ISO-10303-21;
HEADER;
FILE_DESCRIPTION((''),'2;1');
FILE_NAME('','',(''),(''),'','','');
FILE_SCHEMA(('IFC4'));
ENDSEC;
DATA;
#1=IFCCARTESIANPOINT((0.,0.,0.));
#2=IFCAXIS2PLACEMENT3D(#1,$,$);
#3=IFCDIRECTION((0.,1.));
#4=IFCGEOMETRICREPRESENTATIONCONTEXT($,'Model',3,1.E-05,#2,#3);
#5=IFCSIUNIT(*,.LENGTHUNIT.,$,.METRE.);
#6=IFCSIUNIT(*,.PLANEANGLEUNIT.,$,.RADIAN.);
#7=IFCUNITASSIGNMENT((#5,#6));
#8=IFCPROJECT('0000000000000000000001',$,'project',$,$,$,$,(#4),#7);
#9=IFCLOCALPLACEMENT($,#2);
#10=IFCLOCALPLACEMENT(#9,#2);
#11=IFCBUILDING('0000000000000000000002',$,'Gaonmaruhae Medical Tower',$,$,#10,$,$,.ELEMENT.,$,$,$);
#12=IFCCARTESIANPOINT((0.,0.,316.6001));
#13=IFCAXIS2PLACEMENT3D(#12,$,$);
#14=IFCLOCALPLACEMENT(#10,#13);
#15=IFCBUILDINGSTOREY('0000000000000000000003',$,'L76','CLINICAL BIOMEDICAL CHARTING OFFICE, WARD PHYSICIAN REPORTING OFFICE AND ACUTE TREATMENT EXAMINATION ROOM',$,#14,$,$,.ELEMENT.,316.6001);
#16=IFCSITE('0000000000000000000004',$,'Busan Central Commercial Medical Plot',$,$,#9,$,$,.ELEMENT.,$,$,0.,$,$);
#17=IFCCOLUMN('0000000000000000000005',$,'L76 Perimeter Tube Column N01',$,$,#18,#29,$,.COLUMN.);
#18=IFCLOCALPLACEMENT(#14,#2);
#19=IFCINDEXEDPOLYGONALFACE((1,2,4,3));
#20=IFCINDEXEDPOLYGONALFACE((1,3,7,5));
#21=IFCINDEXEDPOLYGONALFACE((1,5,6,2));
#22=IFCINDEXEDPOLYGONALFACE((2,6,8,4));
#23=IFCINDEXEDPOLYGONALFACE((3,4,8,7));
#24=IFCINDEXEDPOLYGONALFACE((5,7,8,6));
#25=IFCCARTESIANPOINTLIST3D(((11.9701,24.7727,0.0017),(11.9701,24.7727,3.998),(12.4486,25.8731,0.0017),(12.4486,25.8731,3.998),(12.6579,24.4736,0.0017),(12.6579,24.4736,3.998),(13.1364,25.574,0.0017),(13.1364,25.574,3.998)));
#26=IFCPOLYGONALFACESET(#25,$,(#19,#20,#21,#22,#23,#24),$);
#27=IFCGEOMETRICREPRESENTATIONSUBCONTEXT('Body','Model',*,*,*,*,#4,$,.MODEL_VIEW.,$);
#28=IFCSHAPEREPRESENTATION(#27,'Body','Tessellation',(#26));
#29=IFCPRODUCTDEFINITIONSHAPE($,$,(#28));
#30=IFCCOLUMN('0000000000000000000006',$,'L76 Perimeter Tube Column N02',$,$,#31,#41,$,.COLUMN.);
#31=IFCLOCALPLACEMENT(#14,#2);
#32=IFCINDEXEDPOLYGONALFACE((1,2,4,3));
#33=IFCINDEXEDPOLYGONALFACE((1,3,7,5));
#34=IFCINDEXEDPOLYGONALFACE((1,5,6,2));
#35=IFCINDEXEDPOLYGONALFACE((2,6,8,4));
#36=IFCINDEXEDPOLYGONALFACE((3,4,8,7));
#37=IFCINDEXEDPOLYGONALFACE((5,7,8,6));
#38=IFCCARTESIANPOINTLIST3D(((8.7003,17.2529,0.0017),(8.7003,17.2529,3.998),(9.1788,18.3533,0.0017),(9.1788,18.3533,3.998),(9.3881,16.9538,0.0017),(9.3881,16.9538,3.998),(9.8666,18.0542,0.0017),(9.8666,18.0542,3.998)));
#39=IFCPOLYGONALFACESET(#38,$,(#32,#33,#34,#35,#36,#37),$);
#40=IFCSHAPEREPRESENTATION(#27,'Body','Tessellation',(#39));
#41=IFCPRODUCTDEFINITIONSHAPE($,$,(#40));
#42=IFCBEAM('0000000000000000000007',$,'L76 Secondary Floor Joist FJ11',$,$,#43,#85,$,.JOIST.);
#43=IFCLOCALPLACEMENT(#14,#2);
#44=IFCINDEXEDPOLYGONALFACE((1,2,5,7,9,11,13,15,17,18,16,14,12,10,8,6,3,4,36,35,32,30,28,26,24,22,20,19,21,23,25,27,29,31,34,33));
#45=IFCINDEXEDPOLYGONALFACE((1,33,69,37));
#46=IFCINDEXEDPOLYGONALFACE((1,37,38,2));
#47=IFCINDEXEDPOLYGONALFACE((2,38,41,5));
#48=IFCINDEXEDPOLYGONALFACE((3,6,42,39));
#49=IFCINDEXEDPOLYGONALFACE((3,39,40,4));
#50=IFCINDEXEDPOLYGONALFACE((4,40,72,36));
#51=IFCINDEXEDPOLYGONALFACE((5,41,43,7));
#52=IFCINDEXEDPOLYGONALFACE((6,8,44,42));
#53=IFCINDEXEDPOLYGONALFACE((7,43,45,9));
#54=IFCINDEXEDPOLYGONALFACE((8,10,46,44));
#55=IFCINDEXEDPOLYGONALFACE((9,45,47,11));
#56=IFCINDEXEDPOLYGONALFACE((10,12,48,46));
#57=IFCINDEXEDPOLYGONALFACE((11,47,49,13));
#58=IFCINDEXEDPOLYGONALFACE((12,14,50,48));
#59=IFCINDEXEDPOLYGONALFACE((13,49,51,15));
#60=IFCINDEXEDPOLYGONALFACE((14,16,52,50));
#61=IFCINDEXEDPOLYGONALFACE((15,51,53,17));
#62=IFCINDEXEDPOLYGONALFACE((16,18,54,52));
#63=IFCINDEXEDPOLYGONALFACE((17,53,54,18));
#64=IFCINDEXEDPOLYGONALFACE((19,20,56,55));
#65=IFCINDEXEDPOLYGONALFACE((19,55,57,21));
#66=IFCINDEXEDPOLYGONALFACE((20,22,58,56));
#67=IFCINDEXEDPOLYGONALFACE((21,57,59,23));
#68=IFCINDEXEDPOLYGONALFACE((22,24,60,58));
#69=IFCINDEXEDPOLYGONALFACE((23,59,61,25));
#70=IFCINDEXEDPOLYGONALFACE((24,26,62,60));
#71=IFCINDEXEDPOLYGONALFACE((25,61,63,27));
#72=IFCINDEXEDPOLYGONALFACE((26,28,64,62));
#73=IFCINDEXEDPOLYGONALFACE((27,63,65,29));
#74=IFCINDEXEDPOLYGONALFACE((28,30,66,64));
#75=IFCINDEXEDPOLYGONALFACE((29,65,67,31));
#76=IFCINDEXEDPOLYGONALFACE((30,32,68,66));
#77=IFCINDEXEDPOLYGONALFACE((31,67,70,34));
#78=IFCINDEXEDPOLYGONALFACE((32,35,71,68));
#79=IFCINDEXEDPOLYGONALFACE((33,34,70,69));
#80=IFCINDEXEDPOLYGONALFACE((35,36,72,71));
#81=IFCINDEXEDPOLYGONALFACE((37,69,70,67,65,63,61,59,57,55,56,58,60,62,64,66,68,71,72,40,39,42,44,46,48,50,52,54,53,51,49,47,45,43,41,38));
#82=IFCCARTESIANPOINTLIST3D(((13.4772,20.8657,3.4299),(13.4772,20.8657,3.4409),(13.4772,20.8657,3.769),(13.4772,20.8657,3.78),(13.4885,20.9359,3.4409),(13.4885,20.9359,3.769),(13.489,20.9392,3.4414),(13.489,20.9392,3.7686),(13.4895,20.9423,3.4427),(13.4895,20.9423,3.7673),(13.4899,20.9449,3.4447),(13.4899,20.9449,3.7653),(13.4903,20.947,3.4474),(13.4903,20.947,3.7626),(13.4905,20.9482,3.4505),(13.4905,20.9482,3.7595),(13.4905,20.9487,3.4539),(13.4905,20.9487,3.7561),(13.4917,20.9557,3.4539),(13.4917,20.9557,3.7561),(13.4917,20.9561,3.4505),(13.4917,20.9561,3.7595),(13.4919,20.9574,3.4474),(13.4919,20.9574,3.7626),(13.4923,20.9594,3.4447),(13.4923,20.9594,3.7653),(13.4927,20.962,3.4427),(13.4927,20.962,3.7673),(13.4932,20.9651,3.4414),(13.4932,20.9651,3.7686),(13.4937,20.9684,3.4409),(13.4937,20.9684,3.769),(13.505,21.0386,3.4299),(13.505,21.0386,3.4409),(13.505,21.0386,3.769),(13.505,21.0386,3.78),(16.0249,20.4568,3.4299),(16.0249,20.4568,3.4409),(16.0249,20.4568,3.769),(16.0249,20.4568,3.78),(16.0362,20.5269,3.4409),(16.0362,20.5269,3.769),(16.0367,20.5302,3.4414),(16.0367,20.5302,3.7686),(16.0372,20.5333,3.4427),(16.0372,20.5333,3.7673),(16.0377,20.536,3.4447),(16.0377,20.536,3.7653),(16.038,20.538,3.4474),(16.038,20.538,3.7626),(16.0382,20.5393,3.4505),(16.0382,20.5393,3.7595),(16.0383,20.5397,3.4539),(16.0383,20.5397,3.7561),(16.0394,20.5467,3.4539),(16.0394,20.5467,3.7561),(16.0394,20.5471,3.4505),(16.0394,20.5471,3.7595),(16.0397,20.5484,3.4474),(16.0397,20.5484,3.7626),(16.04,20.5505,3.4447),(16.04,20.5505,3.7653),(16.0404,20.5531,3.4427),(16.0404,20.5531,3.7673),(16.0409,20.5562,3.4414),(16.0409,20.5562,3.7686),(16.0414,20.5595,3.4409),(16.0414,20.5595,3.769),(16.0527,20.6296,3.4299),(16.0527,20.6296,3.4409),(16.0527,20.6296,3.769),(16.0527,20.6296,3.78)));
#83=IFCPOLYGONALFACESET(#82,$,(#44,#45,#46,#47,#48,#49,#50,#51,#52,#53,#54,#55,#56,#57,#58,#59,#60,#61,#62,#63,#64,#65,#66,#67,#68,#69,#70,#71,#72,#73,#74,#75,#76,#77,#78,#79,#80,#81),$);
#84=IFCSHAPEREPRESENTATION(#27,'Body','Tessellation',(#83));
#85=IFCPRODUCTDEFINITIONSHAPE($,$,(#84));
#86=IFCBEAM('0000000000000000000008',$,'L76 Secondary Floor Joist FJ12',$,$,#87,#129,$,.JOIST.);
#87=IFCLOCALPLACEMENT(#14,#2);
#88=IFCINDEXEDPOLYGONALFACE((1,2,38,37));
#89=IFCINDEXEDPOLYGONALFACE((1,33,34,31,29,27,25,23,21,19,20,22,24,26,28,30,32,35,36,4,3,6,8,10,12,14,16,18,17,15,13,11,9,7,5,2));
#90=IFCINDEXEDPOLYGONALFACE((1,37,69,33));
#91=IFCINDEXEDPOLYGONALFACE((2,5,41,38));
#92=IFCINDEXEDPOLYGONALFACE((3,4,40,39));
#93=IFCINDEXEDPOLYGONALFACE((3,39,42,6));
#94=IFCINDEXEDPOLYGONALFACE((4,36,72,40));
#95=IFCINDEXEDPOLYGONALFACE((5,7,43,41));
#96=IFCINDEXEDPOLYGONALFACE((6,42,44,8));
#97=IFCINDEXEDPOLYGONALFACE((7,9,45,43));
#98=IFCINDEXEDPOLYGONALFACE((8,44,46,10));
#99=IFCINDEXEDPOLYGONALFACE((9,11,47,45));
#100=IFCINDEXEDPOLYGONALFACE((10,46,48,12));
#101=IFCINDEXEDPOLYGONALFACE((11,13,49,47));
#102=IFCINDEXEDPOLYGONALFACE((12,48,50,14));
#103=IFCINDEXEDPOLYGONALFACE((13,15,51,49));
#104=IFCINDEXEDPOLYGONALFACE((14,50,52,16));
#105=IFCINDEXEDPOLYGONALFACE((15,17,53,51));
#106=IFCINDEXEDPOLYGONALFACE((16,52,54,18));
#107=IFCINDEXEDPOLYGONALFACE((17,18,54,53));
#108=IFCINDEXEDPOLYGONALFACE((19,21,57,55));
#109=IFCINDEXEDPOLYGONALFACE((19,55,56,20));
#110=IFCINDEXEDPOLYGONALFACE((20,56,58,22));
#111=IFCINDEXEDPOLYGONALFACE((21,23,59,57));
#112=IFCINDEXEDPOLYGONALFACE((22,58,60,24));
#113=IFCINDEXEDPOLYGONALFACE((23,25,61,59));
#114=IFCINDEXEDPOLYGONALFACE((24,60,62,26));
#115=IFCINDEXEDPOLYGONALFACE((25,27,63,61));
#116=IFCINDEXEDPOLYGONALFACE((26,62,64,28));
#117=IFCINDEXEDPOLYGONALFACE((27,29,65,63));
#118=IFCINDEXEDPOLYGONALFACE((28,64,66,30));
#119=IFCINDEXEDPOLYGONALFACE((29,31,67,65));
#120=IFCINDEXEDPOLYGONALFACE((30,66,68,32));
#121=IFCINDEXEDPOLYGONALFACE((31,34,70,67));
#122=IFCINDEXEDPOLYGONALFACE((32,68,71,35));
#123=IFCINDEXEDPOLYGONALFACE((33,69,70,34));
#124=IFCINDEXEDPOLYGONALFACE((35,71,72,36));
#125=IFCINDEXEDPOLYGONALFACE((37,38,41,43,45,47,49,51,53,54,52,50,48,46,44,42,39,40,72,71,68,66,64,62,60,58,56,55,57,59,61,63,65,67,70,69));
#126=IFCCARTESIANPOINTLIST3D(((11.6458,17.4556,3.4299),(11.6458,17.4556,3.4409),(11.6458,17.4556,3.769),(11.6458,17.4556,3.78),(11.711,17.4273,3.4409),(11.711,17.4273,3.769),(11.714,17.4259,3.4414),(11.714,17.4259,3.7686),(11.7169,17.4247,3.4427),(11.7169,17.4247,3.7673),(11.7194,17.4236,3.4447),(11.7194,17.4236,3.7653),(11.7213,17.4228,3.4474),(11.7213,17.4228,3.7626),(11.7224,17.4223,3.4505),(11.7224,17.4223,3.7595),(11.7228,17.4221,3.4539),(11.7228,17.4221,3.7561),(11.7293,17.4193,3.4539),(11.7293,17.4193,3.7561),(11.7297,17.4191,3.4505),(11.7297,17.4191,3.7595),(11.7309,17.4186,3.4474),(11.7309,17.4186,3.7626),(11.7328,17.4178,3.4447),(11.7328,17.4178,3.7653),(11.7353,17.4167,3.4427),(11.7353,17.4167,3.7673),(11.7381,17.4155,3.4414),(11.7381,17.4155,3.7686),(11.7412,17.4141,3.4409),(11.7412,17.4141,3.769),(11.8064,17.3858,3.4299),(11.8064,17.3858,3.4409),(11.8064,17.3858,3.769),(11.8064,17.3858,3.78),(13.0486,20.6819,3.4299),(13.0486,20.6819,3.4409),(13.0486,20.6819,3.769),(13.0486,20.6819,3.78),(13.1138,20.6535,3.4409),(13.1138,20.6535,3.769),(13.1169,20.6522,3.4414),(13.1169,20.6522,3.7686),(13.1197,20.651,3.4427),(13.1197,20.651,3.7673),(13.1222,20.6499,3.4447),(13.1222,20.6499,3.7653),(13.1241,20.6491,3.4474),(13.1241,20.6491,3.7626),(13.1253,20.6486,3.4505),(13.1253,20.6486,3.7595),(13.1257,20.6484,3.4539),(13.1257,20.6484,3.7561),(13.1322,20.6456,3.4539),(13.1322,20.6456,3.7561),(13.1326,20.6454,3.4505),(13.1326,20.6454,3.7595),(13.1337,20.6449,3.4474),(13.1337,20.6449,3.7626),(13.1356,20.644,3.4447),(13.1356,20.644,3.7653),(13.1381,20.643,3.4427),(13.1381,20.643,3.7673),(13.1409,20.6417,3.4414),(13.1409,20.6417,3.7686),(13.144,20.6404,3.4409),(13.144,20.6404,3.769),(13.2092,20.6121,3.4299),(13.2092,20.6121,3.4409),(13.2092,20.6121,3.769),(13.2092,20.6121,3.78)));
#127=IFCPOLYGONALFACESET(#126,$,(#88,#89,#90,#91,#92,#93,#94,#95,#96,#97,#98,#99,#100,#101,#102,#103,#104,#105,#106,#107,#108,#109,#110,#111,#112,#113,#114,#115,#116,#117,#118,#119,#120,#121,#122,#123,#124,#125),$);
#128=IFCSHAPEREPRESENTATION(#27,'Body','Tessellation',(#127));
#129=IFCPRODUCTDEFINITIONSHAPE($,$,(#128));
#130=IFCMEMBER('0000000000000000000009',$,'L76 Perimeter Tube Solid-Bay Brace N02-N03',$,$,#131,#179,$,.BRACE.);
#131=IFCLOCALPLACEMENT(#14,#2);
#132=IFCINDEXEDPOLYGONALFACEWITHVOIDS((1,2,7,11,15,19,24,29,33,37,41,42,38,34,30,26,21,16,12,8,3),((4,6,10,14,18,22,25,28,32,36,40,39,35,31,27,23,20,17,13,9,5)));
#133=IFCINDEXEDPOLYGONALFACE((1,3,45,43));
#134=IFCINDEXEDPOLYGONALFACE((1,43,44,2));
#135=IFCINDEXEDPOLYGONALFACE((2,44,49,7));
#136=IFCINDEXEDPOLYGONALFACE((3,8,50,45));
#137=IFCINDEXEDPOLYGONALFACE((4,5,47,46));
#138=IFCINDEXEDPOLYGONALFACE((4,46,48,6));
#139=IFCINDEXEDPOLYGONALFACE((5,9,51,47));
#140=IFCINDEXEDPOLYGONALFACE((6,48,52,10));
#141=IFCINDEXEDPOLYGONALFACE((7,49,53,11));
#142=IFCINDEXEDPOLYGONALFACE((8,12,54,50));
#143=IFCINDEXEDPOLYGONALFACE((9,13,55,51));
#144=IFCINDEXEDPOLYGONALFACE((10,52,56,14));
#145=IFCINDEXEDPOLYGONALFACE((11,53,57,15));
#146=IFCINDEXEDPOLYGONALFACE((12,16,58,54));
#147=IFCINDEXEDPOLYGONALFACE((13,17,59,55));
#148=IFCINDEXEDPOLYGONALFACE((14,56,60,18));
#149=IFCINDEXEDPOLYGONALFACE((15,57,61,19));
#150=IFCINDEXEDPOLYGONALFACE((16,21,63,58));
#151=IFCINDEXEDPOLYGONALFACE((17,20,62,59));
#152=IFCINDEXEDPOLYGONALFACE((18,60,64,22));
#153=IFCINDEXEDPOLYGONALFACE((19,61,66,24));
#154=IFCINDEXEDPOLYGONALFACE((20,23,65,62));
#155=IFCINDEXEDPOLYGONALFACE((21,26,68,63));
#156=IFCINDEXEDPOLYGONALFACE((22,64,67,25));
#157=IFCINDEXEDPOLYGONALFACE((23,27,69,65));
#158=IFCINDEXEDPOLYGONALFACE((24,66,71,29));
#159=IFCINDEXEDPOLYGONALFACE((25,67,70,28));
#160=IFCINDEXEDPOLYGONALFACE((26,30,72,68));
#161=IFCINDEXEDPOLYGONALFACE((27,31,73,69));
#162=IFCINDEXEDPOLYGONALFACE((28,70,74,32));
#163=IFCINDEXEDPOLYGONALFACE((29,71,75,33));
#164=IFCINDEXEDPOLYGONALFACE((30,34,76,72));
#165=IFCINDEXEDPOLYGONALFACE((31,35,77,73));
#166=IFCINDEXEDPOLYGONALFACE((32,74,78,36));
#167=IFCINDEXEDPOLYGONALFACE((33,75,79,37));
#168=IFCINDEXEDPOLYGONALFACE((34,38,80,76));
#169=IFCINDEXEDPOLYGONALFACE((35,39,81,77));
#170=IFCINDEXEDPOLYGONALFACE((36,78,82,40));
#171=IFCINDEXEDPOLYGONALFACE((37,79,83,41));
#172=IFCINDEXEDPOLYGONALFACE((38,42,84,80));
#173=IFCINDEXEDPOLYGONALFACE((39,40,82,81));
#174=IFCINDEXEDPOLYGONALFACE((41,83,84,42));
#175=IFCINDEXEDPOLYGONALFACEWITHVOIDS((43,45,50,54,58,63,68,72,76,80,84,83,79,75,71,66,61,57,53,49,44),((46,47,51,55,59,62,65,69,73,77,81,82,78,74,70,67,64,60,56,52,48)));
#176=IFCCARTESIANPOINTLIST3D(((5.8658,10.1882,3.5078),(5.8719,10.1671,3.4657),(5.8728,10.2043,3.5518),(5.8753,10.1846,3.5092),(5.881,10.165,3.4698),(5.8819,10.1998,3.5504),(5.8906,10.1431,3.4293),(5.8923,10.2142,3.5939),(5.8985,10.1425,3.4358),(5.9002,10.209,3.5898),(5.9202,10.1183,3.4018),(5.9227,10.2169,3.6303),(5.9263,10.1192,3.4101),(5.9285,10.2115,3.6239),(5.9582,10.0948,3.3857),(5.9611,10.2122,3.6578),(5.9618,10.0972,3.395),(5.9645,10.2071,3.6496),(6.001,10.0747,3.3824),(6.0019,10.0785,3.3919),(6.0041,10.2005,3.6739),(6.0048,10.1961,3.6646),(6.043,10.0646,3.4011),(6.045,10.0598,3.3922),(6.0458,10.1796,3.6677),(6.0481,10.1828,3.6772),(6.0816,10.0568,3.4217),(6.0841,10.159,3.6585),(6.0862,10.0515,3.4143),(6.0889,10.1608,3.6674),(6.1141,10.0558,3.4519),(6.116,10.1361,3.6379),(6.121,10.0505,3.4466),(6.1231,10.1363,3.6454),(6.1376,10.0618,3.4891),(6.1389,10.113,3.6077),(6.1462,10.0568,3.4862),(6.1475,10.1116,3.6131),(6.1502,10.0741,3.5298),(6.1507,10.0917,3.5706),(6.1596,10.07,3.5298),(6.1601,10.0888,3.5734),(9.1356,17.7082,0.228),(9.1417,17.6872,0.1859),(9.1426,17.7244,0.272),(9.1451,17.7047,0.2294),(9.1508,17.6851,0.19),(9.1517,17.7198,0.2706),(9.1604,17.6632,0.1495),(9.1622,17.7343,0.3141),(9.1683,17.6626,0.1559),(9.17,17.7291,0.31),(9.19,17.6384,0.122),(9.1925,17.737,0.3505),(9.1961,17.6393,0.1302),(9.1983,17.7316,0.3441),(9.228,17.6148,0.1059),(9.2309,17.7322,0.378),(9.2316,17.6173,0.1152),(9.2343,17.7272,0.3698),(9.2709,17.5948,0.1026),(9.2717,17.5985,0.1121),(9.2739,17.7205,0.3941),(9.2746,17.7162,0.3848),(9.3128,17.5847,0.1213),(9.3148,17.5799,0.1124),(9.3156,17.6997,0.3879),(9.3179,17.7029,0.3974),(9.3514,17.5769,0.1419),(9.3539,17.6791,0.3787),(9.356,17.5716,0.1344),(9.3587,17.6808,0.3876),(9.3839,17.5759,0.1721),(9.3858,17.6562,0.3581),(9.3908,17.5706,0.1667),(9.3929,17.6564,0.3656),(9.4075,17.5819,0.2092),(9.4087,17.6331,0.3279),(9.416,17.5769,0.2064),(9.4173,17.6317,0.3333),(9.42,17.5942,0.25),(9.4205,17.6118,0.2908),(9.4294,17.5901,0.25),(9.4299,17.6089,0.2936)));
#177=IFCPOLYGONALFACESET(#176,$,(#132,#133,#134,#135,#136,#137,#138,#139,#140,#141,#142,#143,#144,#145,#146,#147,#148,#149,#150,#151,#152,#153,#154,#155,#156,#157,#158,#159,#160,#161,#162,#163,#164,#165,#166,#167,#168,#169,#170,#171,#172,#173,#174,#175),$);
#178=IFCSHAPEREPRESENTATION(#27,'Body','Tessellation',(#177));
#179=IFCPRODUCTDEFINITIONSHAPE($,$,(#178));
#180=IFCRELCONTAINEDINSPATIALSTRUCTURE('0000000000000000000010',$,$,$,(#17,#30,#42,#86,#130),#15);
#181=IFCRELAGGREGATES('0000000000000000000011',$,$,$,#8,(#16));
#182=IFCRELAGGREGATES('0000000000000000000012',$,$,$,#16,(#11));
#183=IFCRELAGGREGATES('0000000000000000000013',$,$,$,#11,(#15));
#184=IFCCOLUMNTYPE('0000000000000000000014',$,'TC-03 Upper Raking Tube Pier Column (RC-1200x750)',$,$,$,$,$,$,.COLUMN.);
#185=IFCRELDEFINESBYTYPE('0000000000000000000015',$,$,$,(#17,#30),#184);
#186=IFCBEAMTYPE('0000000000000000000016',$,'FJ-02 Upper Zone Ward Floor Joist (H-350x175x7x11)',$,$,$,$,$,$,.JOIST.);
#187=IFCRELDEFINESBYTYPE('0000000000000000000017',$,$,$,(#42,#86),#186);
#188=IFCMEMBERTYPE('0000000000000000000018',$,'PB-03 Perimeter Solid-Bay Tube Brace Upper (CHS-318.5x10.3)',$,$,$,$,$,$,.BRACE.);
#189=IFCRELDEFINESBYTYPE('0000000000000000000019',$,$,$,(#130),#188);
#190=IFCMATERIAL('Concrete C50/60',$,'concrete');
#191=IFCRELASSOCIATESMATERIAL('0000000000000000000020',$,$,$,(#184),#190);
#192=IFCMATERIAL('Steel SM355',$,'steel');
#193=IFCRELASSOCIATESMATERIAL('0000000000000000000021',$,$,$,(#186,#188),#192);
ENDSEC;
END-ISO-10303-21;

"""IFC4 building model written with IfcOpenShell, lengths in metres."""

from ifc_helpers import new_model, si_unit, direction, frame, origin, origin_2d, place, context, subcontext, project, spatial, rectangle, hollow_circle, i_section, extrude, material, material_profile, profile_set, type_object, element, save


model = new_model("IFC4")

# Units and contexts
model_context = context("Model", 3, precision=1e-05, world=origin(), true_north=direction((0.0, 1.0)))
body_context = subcontext(model_context, "Body", "Model", "MODEL_VIEW")
ifc_project = project(units=[si_unit("LENGTHUNIT", "METRE"), si_unit("PLANEANGLEUNIT", "RADIAN")], contexts=[model_context])

# Site, building, storey
site_placement = place(None, origin())
site = spatial("IfcSite", under=ifc_project, at=site_placement, Name="Busan Central Commercial Medical Plot", CompositionType="ELEMENT", RefElevation=0.0)
building_placement = place(site_placement, origin())
building = spatial("IfcBuilding", under=site, at=building_placement, Name="Gaonmaruhae Medical Tower", CompositionType="ELEMENT")
storey_placement = place(building_placement, frame((0.0, 0.0, 316.6001)))
storey = spatial("IfcBuildingStorey", under=building, at=storey_placement, Name="L76", Description="CLINICAL BIOMEDICAL CHARTING OFFICE, WARD PHYSICIAN REPORTING OFFICE AND ACUTE TREATMENT EXAMINATION ROOM", CompositionType="ELEMENT", Elevation=316.6001)

# Columns
ifc_material_1 = material(Name="Concrete C50/60", Category="concrete")
ifc_material_profile_1 = material_profile(ifc_material_1, rectangle(XDim=1.2, YDim=0.75, at=origin_2d()), Name="RC-1200x750")
ifc_profile_set_1 = profile_set([ifc_material_profile_1], Name="Concrete C50/60")
column_type = type_object("IfcColumnType", Name="TC-03 Upper Raking Tube Pier Column (RC-1200x750)", PredefinedType="COLUMN", material=ifc_profile_set_1)
for number, where, z_axis, x_axis, name in (
    (1, (12.5532, 25.1733, 0.0017), (0.0, 0.0, 1.0), (0.398749, 0.91706, 0.0), "L76 Perimeter Tube Column N01"),
    (2, (9.2834, 17.6536, 0.0017), (0.0, 0.0, 1.0), (0.398749, 0.91706, 0.0), "L76 Perimeter Tube Column N02"),
):
    element("IfcColumn", number, at=place(storey_placement, frame(where, z_axis=z_axis, x_axis=x_axis)), inside=storey, type_object=column_type, Name=name, PredefinedType="COLUMN", context=body_context, shape_type="SweptSolid", body=[
        extrude(rectangle(XDim=1.2, YDim=0.75, at=origin_2d()), origin(), (0.0, 0.0, 1.0), 3.9963),
    ])

# Beams
ifc_material_2 = material(Name="Steel SM355", Category="steel")
ifc_material_profile_2 = material_profile(ifc_material_2, i_section(OverallWidth=0.175, OverallDepth=0.3501, WebThickness=0.0071, FlangeThickness=0.011, FilletRadius=0.0129, at=origin_2d()), Name="H-350x175x7x11")
ifc_profile_set_2 = profile_set([ifc_material_profile_2], Name="Steel SM355")
beam_type_1 = type_object("IfcBeamType", Name="FJ-02 Upper Zone Ward Floor Joist (H-350x175x7x11)", PredefinedType="JOIST", material=ifc_profile_set_2)
beam_1_placement = place(storey_placement, frame((16.0388, 20.5432, 3.605), z_axis=(-0.987361, 0.158489, 0.0), x_axis=(-0.158489, -0.987361, 0.0)))
element("IfcBeam", 3, at=beam_1_placement, inside=storey, type_object=beam_type_1, Name="L76 Secondary Floor Joist FJ11", PredefinedType="JOIST", context=body_context, shape_type="SweptSolid", body=[
    extrude(i_section(OverallWidth=0.175, OverallDepth=0.3501, WebThickness=0.0071, FlangeThickness=0.011, FilletRadius=0.0129, at=origin_2d()), origin(), (0.0, 0.0, 1.0), 2.5803),
])
beam_2_placement = place(storey_placement, frame((13.1289, 20.647, 3.605), z_axis=(-0.398746, -0.917061, 0.0), x_axis=(0.917061, -0.398746, 0.0)))
element("IfcBeam", 4, at=beam_2_placement, inside=storey, type_object=beam_type_1, Name="L76 Secondary Floor Joist FJ12", PredefinedType="JOIST", context=body_context, shape_type="SweptSolid", body=[
    extrude(i_section(OverallWidth=0.175, OverallDepth=0.3501, WebThickness=0.0071, FlangeThickness=0.011, FilletRadius=0.0129, at=origin_2d()), origin(), (0.0, 0.0, 1.0), 3.5181),
])

# Member
ifc_material_profile_3 = material_profile(ifc_material_2, hollow_circle(Radius=0.1592, WallThickness=0.0103, at=origin_2d()), Name="CHS-318.5x10.3")
ifc_profile_set_3 = profile_set([ifc_material_profile_3], Name="Steel SM355")
member_type = type_object("IfcMemberType", Name="PB-03 Perimeter Solid-Bay Tube Brace Upper (CHS-318.5x10.3)", PredefinedType="BRACE", material=ifc_profile_set_3)
member_placement = place(storey_placement, frame((9.2834, 17.6536, 0.25), z_axis=(-0.370231, -0.851479, 0.371365), x_axis=(0.917061, -0.398747, 0.0)))
element("IfcMember", 5, at=member_placement, inside=storey, type_object=member_type, Name="L76 Perimeter Tube Solid-Bay Brace N02-N03", PredefinedType="BRACE", context=body_context, shape_type="SweptSolid", body=[
    extrude(hollow_circle(Radius=0.1592, WallThickness=0.0103, at=origin_2d()), origin(), (0.0, 0.0, 1.0), 8.8318),
])

save(model, "model.ifc")
